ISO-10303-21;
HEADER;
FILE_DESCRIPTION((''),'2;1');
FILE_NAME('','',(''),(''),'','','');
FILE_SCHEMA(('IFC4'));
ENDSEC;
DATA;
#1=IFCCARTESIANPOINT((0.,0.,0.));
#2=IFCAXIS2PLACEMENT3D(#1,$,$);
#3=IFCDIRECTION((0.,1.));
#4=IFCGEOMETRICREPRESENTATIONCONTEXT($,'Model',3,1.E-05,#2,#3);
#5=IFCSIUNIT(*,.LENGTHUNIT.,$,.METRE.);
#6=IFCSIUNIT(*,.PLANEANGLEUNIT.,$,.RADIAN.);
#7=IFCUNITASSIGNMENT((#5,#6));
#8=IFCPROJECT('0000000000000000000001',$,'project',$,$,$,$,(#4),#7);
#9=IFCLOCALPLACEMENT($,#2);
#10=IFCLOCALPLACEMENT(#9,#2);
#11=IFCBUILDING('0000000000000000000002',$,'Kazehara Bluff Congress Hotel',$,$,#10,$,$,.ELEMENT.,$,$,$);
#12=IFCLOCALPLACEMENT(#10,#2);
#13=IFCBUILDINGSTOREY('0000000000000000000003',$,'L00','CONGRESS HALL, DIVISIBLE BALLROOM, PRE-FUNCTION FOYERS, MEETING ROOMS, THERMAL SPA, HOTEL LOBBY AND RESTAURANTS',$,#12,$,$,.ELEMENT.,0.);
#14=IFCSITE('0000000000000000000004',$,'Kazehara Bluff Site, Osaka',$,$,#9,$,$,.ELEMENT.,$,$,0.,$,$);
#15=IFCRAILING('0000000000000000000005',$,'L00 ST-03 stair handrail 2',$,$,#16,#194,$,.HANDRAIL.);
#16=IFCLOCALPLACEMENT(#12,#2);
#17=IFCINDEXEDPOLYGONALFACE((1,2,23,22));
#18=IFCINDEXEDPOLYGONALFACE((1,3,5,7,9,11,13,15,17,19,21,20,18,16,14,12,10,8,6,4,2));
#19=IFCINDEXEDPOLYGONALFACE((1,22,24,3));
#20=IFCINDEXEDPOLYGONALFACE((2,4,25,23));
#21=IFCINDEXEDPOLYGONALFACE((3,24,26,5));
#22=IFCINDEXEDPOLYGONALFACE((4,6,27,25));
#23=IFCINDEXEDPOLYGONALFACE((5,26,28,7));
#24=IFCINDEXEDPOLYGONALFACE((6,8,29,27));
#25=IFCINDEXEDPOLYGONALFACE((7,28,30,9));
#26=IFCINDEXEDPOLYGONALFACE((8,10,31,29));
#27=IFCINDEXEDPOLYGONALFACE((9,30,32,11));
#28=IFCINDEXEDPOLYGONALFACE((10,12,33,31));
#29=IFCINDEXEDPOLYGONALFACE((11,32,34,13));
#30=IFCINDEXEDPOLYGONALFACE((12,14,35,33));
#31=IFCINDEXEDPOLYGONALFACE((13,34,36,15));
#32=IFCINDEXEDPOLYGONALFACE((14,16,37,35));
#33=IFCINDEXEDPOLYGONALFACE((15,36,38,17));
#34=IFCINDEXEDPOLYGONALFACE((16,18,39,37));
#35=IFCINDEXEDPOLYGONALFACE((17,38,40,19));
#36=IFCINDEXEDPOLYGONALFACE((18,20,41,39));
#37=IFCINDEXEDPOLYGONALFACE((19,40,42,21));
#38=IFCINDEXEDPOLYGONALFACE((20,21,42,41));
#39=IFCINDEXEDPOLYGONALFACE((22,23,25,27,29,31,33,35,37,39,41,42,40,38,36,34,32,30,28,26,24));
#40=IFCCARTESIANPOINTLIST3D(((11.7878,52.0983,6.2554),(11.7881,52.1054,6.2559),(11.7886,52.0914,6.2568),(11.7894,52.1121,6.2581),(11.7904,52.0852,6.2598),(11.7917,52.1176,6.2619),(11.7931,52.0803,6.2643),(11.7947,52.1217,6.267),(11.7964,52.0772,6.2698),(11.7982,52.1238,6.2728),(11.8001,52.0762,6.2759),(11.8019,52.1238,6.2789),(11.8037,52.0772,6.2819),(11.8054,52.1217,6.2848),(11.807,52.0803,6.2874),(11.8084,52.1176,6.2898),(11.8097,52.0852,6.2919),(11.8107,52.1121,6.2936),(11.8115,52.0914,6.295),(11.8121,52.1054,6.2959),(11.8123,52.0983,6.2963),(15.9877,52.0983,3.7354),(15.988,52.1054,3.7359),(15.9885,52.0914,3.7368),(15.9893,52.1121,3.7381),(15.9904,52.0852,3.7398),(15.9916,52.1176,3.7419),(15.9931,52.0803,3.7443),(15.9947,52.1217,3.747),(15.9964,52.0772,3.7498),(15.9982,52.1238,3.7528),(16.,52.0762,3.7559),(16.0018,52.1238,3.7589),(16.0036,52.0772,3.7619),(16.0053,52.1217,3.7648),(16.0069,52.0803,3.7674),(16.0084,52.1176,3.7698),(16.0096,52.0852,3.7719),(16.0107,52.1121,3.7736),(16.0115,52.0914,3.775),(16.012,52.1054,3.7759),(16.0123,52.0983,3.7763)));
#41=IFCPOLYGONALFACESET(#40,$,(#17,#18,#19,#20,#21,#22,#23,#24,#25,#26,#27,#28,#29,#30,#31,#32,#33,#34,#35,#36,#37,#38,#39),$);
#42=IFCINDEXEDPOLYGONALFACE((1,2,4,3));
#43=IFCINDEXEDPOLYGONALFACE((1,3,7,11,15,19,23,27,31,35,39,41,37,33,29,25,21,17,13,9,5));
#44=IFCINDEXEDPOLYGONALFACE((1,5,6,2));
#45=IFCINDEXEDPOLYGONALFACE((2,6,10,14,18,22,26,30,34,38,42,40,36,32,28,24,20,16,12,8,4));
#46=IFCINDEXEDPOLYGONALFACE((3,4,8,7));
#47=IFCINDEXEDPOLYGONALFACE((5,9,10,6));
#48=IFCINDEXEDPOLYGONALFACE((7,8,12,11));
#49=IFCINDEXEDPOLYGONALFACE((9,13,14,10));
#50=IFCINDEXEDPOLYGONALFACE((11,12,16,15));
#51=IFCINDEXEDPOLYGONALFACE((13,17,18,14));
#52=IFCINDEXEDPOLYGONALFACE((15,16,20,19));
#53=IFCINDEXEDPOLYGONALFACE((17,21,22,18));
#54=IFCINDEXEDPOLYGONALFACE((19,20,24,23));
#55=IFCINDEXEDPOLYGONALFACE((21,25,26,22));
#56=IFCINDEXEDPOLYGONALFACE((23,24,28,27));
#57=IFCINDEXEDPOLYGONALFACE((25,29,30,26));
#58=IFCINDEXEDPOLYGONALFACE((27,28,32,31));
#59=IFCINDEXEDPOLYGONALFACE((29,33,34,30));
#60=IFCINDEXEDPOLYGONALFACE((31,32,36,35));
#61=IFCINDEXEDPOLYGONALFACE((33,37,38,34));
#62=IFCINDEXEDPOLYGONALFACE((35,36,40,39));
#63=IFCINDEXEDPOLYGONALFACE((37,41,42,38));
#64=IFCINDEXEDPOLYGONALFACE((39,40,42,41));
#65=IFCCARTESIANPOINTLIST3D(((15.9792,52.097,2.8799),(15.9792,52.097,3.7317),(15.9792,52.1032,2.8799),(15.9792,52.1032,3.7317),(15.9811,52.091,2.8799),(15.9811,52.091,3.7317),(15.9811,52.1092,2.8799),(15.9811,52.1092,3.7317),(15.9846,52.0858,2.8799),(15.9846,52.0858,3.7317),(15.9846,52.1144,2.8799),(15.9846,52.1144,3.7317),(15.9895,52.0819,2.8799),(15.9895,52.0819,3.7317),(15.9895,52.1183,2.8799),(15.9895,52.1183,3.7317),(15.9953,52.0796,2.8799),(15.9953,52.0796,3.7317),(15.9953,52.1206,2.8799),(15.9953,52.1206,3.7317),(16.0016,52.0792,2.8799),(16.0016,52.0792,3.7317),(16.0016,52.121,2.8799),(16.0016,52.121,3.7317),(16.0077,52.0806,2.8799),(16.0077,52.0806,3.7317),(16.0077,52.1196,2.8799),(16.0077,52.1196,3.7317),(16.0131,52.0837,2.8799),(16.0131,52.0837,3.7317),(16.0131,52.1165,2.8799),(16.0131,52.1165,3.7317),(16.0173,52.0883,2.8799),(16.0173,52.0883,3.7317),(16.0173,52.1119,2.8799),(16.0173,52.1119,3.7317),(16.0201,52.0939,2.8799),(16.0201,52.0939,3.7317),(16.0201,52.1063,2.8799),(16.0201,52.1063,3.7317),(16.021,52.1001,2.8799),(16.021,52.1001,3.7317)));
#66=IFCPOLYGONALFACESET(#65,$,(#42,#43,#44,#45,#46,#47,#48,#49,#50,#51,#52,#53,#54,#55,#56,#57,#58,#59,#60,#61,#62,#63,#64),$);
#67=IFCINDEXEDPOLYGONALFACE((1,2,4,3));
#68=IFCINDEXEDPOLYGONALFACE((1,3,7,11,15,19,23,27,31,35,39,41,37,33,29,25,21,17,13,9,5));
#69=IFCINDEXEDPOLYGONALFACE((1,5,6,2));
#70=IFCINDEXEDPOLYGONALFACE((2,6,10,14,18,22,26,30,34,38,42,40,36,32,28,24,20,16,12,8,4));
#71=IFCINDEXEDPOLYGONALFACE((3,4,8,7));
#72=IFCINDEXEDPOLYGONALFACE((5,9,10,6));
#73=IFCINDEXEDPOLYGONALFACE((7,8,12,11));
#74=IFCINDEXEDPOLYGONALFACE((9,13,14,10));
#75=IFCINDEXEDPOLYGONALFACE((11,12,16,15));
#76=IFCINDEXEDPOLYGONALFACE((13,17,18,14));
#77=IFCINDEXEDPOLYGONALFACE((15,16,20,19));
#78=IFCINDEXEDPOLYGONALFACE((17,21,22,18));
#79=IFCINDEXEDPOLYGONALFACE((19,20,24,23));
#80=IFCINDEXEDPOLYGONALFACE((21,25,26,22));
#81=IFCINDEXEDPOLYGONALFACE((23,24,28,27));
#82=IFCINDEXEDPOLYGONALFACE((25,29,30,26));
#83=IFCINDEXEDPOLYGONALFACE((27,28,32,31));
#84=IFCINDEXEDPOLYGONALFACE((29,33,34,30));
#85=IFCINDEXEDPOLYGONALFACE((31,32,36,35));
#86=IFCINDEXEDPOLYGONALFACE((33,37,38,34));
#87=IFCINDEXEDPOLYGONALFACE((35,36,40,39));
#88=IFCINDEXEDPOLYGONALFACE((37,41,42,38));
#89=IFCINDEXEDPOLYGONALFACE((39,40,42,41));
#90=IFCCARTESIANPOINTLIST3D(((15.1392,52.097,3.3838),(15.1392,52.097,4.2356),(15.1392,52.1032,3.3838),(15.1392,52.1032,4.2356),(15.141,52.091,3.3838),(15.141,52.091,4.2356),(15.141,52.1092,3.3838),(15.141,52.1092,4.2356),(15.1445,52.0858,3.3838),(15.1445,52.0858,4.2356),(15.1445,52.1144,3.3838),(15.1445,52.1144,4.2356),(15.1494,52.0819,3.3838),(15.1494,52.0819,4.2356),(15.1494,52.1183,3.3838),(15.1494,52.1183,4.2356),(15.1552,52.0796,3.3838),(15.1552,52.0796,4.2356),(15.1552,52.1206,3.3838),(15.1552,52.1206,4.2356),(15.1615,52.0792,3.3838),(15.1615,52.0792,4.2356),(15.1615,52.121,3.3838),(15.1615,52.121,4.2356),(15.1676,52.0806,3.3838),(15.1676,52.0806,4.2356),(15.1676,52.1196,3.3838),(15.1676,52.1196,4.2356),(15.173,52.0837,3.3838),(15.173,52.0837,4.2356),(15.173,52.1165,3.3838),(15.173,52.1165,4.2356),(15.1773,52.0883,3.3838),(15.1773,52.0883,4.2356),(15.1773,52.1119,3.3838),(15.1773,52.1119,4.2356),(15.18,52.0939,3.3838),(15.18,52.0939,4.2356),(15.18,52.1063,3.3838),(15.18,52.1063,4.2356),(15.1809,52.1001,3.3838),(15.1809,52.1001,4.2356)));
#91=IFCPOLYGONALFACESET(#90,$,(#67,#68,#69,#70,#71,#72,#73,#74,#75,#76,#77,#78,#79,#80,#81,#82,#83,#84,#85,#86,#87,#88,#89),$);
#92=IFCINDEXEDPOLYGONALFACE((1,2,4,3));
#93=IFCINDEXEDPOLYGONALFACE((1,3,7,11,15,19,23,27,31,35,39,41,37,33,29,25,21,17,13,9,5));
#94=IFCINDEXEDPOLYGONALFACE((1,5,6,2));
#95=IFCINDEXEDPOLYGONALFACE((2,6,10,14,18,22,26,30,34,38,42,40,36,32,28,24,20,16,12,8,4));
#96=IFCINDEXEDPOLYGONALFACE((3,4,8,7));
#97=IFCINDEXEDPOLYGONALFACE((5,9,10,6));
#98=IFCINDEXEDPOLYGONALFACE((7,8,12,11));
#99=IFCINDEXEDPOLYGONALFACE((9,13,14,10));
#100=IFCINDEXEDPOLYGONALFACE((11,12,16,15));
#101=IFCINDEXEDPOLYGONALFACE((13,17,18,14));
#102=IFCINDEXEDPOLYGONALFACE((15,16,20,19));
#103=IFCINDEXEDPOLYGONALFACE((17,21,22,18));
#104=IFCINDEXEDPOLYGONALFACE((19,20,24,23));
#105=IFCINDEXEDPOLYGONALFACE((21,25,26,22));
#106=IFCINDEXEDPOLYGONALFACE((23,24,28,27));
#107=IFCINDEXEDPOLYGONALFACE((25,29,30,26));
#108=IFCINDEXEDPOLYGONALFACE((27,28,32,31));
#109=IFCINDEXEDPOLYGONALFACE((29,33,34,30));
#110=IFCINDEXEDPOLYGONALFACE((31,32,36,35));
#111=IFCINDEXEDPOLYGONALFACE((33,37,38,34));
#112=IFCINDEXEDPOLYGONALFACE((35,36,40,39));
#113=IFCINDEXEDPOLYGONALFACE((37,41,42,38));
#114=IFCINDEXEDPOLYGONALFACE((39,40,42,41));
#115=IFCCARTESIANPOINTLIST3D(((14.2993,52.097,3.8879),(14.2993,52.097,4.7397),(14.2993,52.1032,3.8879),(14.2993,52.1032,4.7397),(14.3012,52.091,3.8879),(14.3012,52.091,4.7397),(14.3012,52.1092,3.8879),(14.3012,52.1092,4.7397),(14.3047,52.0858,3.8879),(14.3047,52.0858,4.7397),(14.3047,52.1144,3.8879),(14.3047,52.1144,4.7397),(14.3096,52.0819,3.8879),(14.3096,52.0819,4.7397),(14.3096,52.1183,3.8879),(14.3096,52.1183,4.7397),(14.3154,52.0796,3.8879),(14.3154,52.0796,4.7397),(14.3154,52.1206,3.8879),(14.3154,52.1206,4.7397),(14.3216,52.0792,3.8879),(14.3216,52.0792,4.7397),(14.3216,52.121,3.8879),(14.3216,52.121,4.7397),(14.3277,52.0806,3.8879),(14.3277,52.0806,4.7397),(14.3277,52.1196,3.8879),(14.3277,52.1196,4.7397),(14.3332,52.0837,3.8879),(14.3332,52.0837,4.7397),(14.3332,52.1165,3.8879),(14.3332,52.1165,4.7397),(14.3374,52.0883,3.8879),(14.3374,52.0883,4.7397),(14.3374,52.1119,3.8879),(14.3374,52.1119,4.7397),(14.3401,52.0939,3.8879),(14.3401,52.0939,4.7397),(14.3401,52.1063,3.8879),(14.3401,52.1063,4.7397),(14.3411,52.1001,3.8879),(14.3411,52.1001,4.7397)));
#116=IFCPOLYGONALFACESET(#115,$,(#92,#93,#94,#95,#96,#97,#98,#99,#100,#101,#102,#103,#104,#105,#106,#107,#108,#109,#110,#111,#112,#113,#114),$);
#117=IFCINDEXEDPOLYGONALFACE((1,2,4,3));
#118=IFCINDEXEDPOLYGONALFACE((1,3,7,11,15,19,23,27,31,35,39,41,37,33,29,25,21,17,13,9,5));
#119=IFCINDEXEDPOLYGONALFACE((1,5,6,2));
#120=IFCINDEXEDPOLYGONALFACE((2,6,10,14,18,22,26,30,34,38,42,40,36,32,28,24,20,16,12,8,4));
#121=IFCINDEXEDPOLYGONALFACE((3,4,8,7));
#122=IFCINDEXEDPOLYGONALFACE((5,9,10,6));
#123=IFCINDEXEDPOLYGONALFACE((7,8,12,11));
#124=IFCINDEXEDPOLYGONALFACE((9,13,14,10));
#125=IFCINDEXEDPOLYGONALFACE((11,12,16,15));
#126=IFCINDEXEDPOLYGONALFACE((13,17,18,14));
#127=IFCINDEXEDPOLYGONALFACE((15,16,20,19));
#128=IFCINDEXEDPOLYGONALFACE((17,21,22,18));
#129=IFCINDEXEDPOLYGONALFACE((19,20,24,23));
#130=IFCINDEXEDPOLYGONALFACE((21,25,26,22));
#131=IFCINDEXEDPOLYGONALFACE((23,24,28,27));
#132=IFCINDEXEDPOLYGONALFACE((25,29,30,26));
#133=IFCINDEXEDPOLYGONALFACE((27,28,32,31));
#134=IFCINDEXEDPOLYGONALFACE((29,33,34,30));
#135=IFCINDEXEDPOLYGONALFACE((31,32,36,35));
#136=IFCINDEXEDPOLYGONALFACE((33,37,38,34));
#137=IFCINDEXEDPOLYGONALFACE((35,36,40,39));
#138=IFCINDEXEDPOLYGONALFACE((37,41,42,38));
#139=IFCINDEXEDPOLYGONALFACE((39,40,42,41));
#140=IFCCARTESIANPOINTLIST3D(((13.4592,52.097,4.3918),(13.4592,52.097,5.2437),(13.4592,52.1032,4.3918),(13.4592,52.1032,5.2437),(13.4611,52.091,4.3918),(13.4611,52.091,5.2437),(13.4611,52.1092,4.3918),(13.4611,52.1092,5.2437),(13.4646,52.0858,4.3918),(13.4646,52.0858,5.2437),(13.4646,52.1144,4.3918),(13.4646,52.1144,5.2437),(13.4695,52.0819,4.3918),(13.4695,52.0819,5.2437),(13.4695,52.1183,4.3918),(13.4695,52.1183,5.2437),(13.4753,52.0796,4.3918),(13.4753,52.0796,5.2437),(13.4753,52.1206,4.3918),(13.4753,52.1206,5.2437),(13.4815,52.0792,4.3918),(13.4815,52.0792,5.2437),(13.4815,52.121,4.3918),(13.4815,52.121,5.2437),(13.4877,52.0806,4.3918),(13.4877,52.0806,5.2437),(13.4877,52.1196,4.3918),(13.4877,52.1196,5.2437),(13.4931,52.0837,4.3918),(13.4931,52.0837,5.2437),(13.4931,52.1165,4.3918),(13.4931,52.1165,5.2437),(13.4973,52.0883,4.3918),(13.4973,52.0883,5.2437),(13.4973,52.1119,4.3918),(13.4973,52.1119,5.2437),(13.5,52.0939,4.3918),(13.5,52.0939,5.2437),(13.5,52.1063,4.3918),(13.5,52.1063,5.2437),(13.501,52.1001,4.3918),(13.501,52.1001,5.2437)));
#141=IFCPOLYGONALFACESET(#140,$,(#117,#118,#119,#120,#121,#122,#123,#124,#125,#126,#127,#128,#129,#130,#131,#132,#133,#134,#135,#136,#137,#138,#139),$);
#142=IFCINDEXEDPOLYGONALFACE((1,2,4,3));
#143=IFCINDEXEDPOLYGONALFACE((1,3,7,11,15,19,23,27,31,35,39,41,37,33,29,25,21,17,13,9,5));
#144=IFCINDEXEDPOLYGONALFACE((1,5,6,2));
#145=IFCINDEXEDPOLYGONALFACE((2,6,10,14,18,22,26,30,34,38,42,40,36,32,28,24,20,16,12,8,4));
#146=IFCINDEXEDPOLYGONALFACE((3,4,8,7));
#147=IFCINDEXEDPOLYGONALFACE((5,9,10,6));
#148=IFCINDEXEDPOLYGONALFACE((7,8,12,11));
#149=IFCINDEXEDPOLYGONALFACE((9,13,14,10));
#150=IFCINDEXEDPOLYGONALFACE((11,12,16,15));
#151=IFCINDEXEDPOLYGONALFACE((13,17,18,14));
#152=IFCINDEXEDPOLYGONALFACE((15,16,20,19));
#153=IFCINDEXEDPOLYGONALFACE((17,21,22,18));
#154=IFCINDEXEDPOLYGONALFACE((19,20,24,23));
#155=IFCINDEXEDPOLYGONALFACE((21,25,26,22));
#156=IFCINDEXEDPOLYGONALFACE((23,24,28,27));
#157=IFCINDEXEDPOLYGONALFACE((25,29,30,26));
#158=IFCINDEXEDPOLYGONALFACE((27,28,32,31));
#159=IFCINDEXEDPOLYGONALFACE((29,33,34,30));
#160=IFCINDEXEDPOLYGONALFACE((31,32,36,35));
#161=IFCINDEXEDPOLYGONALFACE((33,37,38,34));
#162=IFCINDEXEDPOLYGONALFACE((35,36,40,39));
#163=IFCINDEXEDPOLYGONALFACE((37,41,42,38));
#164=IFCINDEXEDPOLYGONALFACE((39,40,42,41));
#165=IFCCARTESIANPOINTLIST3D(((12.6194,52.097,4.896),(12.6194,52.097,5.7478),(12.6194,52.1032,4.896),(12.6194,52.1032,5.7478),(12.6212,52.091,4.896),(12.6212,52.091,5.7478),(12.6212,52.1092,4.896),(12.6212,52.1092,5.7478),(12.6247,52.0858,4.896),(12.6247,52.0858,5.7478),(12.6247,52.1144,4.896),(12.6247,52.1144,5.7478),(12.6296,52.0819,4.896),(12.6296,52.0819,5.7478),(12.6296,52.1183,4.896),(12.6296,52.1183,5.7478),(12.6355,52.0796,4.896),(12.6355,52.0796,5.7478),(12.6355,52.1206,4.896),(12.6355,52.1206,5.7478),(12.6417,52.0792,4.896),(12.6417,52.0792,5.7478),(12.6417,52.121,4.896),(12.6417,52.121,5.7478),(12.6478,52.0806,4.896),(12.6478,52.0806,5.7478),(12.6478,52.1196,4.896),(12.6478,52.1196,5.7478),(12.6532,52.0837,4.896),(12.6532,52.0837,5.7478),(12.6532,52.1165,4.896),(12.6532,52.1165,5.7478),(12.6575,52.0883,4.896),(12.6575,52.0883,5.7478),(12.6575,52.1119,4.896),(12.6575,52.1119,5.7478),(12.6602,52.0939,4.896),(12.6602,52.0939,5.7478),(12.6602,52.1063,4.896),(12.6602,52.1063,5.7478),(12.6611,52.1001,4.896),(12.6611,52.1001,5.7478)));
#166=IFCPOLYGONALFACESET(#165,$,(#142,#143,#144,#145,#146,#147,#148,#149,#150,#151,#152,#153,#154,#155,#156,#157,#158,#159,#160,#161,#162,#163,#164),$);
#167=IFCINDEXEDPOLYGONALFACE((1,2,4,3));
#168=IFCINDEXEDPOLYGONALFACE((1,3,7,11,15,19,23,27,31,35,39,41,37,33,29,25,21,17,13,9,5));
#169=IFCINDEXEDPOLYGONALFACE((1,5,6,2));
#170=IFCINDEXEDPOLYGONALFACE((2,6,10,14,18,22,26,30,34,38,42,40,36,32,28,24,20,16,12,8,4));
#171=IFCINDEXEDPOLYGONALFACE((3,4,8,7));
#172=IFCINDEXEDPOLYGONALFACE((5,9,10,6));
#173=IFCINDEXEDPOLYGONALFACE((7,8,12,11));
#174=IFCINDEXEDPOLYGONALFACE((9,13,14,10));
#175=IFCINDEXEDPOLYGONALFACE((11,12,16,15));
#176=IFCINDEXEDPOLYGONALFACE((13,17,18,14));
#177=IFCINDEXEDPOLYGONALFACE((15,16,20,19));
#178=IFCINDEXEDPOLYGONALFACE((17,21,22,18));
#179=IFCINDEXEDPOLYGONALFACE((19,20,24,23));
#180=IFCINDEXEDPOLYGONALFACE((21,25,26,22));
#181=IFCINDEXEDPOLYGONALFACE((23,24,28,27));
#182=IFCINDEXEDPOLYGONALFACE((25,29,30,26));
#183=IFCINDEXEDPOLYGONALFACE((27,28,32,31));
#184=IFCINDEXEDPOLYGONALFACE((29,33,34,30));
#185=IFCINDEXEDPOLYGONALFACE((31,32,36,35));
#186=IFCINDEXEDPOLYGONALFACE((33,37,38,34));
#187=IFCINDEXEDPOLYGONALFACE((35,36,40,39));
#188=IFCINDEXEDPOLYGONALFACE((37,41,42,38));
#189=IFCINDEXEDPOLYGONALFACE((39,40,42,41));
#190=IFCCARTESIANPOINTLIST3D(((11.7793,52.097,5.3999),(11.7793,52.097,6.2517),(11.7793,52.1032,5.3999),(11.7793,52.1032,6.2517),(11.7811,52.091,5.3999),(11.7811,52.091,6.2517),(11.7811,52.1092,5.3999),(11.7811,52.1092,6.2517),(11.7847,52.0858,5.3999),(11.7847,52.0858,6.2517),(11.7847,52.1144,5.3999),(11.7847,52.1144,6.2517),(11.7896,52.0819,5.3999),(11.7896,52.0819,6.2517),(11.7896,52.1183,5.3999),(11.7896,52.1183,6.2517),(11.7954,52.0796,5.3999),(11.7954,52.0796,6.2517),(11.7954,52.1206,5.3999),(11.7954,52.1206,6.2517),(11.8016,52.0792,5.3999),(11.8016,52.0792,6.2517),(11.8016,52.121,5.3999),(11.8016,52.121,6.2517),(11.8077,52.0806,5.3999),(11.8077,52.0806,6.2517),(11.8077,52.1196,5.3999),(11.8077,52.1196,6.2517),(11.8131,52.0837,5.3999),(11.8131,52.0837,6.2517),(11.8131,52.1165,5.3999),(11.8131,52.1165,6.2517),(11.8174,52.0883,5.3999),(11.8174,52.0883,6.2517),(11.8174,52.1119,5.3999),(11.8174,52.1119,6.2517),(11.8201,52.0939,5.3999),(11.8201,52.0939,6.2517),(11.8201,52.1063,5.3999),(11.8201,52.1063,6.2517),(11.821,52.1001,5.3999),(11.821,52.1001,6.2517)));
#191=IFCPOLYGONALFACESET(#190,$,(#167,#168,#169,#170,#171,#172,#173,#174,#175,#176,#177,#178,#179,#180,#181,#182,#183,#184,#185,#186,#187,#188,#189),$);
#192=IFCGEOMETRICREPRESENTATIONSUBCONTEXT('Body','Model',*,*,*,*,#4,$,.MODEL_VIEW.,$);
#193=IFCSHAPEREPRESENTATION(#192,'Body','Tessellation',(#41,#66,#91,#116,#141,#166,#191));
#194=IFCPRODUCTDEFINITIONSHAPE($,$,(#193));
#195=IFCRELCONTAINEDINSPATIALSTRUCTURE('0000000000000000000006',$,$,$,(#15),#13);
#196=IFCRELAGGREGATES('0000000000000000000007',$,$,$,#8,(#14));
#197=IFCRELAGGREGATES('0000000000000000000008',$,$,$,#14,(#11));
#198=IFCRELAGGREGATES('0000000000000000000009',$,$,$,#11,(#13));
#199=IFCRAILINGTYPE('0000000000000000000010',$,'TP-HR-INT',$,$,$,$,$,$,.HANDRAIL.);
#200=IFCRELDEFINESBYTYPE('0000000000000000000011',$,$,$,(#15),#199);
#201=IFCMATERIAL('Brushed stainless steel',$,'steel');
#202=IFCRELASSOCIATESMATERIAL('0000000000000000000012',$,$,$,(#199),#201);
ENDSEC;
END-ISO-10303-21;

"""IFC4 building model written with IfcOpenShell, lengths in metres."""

from ifc_helpers import new_model, si_unit, direction, frame, origin, origin_2d, place, context, subcontext, project, spatial, circle, extrude, material, type_object, element, save


model = new_model("IFC4")

# Units and contexts
model_context = context("Model", 3, precision=1e-05, world=origin(), true_north=direction((0.0, 1.0)))
body_context = subcontext(model_context, "Body", "Model", "MODEL_VIEW")
ifc_project = project(units=[si_unit("LENGTHUNIT", "METRE"), si_unit("PLANEANGLEUNIT", "RADIAN")], contexts=[model_context])

# Site, building, storey
site_placement = place(None, origin())
site = spatial("IfcSite", under=ifc_project, at=site_placement, Name="Kazehara Bluff Site, Osaka", CompositionType="ELEMENT", RefElevation=0.0)
building_placement = place(site_placement, origin())
building = spatial("IfcBuilding", under=site, at=building_placement, Name="Kazehara Bluff Congress Hotel", CompositionType="ELEMENT")
storey_placement = place(building_placement, origin())
storey = spatial("IfcBuildingStorey", under=building, at=storey_placement, Name="L00", Description="CONGRESS HALL, DIVISIBLE BALLROOM, PRE-FUNCTION FOYERS, MEETING ROOMS, THERMAL SPA, HOTEL LOBBY AND RESTAURANTS", CompositionType="ELEMENT", Elevation=0.0)

# Railing
ifc_material_1 = material(Name="Brushed stainless steel", Category="steel")
railing_type_1 = type_object("IfcRailingType", Name="TP-HR-INT", PredefinedType="HANDRAIL", material=ifc_material_1)
railing_1_placement = place(storey_placement, frame((16.0, 52.1001, 2.8799)))
element("IfcRailing", 1, at=railing_1_placement, inside=storey, type_object=railing_type_1, Name="L00 ST-03 stair handrail 2", PredefinedType="HANDRAIL", context=body_context, shape_type="SweptSolid", body=[
    extrude(circle(Radius=0.0239, at=origin_2d()), frame((0.0, 0.0, 0.876), z_axis=(-0.857489, 0.0, 0.514503), x_axis=(0.0, -1.0, 0.0)), (0.0, 0.0, 1.0), 4.8979),
    extrude(circle(Radius=0.021, at=origin_2d()), origin(), (0.0, 0.0, 1.0), 0.8518),
    extrude(circle(Radius=0.021, at=origin_2d()), frame((-0.8401, 0.0, 0.5039)), (0.0, 0.0, 1.0), 0.8518),
    extrude(circle(Radius=0.021, at=origin_2d()), frame((-1.6799, 0.0, 1.0081)), (0.0, 0.0, 1.0), 0.8518),
    extrude(circle(Radius=0.021, at=origin_2d()), frame((-2.52, 0.0, 1.512)), (0.0, 0.0, 1.0), 0.8518),
    extrude(circle(Radius=0.021, at=origin_2d()), frame((-3.3599, 0.0, 2.0161)), (0.0, 0.0, 1.0), 0.8518),
    extrude(circle(Radius=0.021, at=origin_2d()), frame((-4.2, 0.0, 2.52)), (0.0, 0.0, 1.0), 0.8518),
])

save(model, "model.ifc")
